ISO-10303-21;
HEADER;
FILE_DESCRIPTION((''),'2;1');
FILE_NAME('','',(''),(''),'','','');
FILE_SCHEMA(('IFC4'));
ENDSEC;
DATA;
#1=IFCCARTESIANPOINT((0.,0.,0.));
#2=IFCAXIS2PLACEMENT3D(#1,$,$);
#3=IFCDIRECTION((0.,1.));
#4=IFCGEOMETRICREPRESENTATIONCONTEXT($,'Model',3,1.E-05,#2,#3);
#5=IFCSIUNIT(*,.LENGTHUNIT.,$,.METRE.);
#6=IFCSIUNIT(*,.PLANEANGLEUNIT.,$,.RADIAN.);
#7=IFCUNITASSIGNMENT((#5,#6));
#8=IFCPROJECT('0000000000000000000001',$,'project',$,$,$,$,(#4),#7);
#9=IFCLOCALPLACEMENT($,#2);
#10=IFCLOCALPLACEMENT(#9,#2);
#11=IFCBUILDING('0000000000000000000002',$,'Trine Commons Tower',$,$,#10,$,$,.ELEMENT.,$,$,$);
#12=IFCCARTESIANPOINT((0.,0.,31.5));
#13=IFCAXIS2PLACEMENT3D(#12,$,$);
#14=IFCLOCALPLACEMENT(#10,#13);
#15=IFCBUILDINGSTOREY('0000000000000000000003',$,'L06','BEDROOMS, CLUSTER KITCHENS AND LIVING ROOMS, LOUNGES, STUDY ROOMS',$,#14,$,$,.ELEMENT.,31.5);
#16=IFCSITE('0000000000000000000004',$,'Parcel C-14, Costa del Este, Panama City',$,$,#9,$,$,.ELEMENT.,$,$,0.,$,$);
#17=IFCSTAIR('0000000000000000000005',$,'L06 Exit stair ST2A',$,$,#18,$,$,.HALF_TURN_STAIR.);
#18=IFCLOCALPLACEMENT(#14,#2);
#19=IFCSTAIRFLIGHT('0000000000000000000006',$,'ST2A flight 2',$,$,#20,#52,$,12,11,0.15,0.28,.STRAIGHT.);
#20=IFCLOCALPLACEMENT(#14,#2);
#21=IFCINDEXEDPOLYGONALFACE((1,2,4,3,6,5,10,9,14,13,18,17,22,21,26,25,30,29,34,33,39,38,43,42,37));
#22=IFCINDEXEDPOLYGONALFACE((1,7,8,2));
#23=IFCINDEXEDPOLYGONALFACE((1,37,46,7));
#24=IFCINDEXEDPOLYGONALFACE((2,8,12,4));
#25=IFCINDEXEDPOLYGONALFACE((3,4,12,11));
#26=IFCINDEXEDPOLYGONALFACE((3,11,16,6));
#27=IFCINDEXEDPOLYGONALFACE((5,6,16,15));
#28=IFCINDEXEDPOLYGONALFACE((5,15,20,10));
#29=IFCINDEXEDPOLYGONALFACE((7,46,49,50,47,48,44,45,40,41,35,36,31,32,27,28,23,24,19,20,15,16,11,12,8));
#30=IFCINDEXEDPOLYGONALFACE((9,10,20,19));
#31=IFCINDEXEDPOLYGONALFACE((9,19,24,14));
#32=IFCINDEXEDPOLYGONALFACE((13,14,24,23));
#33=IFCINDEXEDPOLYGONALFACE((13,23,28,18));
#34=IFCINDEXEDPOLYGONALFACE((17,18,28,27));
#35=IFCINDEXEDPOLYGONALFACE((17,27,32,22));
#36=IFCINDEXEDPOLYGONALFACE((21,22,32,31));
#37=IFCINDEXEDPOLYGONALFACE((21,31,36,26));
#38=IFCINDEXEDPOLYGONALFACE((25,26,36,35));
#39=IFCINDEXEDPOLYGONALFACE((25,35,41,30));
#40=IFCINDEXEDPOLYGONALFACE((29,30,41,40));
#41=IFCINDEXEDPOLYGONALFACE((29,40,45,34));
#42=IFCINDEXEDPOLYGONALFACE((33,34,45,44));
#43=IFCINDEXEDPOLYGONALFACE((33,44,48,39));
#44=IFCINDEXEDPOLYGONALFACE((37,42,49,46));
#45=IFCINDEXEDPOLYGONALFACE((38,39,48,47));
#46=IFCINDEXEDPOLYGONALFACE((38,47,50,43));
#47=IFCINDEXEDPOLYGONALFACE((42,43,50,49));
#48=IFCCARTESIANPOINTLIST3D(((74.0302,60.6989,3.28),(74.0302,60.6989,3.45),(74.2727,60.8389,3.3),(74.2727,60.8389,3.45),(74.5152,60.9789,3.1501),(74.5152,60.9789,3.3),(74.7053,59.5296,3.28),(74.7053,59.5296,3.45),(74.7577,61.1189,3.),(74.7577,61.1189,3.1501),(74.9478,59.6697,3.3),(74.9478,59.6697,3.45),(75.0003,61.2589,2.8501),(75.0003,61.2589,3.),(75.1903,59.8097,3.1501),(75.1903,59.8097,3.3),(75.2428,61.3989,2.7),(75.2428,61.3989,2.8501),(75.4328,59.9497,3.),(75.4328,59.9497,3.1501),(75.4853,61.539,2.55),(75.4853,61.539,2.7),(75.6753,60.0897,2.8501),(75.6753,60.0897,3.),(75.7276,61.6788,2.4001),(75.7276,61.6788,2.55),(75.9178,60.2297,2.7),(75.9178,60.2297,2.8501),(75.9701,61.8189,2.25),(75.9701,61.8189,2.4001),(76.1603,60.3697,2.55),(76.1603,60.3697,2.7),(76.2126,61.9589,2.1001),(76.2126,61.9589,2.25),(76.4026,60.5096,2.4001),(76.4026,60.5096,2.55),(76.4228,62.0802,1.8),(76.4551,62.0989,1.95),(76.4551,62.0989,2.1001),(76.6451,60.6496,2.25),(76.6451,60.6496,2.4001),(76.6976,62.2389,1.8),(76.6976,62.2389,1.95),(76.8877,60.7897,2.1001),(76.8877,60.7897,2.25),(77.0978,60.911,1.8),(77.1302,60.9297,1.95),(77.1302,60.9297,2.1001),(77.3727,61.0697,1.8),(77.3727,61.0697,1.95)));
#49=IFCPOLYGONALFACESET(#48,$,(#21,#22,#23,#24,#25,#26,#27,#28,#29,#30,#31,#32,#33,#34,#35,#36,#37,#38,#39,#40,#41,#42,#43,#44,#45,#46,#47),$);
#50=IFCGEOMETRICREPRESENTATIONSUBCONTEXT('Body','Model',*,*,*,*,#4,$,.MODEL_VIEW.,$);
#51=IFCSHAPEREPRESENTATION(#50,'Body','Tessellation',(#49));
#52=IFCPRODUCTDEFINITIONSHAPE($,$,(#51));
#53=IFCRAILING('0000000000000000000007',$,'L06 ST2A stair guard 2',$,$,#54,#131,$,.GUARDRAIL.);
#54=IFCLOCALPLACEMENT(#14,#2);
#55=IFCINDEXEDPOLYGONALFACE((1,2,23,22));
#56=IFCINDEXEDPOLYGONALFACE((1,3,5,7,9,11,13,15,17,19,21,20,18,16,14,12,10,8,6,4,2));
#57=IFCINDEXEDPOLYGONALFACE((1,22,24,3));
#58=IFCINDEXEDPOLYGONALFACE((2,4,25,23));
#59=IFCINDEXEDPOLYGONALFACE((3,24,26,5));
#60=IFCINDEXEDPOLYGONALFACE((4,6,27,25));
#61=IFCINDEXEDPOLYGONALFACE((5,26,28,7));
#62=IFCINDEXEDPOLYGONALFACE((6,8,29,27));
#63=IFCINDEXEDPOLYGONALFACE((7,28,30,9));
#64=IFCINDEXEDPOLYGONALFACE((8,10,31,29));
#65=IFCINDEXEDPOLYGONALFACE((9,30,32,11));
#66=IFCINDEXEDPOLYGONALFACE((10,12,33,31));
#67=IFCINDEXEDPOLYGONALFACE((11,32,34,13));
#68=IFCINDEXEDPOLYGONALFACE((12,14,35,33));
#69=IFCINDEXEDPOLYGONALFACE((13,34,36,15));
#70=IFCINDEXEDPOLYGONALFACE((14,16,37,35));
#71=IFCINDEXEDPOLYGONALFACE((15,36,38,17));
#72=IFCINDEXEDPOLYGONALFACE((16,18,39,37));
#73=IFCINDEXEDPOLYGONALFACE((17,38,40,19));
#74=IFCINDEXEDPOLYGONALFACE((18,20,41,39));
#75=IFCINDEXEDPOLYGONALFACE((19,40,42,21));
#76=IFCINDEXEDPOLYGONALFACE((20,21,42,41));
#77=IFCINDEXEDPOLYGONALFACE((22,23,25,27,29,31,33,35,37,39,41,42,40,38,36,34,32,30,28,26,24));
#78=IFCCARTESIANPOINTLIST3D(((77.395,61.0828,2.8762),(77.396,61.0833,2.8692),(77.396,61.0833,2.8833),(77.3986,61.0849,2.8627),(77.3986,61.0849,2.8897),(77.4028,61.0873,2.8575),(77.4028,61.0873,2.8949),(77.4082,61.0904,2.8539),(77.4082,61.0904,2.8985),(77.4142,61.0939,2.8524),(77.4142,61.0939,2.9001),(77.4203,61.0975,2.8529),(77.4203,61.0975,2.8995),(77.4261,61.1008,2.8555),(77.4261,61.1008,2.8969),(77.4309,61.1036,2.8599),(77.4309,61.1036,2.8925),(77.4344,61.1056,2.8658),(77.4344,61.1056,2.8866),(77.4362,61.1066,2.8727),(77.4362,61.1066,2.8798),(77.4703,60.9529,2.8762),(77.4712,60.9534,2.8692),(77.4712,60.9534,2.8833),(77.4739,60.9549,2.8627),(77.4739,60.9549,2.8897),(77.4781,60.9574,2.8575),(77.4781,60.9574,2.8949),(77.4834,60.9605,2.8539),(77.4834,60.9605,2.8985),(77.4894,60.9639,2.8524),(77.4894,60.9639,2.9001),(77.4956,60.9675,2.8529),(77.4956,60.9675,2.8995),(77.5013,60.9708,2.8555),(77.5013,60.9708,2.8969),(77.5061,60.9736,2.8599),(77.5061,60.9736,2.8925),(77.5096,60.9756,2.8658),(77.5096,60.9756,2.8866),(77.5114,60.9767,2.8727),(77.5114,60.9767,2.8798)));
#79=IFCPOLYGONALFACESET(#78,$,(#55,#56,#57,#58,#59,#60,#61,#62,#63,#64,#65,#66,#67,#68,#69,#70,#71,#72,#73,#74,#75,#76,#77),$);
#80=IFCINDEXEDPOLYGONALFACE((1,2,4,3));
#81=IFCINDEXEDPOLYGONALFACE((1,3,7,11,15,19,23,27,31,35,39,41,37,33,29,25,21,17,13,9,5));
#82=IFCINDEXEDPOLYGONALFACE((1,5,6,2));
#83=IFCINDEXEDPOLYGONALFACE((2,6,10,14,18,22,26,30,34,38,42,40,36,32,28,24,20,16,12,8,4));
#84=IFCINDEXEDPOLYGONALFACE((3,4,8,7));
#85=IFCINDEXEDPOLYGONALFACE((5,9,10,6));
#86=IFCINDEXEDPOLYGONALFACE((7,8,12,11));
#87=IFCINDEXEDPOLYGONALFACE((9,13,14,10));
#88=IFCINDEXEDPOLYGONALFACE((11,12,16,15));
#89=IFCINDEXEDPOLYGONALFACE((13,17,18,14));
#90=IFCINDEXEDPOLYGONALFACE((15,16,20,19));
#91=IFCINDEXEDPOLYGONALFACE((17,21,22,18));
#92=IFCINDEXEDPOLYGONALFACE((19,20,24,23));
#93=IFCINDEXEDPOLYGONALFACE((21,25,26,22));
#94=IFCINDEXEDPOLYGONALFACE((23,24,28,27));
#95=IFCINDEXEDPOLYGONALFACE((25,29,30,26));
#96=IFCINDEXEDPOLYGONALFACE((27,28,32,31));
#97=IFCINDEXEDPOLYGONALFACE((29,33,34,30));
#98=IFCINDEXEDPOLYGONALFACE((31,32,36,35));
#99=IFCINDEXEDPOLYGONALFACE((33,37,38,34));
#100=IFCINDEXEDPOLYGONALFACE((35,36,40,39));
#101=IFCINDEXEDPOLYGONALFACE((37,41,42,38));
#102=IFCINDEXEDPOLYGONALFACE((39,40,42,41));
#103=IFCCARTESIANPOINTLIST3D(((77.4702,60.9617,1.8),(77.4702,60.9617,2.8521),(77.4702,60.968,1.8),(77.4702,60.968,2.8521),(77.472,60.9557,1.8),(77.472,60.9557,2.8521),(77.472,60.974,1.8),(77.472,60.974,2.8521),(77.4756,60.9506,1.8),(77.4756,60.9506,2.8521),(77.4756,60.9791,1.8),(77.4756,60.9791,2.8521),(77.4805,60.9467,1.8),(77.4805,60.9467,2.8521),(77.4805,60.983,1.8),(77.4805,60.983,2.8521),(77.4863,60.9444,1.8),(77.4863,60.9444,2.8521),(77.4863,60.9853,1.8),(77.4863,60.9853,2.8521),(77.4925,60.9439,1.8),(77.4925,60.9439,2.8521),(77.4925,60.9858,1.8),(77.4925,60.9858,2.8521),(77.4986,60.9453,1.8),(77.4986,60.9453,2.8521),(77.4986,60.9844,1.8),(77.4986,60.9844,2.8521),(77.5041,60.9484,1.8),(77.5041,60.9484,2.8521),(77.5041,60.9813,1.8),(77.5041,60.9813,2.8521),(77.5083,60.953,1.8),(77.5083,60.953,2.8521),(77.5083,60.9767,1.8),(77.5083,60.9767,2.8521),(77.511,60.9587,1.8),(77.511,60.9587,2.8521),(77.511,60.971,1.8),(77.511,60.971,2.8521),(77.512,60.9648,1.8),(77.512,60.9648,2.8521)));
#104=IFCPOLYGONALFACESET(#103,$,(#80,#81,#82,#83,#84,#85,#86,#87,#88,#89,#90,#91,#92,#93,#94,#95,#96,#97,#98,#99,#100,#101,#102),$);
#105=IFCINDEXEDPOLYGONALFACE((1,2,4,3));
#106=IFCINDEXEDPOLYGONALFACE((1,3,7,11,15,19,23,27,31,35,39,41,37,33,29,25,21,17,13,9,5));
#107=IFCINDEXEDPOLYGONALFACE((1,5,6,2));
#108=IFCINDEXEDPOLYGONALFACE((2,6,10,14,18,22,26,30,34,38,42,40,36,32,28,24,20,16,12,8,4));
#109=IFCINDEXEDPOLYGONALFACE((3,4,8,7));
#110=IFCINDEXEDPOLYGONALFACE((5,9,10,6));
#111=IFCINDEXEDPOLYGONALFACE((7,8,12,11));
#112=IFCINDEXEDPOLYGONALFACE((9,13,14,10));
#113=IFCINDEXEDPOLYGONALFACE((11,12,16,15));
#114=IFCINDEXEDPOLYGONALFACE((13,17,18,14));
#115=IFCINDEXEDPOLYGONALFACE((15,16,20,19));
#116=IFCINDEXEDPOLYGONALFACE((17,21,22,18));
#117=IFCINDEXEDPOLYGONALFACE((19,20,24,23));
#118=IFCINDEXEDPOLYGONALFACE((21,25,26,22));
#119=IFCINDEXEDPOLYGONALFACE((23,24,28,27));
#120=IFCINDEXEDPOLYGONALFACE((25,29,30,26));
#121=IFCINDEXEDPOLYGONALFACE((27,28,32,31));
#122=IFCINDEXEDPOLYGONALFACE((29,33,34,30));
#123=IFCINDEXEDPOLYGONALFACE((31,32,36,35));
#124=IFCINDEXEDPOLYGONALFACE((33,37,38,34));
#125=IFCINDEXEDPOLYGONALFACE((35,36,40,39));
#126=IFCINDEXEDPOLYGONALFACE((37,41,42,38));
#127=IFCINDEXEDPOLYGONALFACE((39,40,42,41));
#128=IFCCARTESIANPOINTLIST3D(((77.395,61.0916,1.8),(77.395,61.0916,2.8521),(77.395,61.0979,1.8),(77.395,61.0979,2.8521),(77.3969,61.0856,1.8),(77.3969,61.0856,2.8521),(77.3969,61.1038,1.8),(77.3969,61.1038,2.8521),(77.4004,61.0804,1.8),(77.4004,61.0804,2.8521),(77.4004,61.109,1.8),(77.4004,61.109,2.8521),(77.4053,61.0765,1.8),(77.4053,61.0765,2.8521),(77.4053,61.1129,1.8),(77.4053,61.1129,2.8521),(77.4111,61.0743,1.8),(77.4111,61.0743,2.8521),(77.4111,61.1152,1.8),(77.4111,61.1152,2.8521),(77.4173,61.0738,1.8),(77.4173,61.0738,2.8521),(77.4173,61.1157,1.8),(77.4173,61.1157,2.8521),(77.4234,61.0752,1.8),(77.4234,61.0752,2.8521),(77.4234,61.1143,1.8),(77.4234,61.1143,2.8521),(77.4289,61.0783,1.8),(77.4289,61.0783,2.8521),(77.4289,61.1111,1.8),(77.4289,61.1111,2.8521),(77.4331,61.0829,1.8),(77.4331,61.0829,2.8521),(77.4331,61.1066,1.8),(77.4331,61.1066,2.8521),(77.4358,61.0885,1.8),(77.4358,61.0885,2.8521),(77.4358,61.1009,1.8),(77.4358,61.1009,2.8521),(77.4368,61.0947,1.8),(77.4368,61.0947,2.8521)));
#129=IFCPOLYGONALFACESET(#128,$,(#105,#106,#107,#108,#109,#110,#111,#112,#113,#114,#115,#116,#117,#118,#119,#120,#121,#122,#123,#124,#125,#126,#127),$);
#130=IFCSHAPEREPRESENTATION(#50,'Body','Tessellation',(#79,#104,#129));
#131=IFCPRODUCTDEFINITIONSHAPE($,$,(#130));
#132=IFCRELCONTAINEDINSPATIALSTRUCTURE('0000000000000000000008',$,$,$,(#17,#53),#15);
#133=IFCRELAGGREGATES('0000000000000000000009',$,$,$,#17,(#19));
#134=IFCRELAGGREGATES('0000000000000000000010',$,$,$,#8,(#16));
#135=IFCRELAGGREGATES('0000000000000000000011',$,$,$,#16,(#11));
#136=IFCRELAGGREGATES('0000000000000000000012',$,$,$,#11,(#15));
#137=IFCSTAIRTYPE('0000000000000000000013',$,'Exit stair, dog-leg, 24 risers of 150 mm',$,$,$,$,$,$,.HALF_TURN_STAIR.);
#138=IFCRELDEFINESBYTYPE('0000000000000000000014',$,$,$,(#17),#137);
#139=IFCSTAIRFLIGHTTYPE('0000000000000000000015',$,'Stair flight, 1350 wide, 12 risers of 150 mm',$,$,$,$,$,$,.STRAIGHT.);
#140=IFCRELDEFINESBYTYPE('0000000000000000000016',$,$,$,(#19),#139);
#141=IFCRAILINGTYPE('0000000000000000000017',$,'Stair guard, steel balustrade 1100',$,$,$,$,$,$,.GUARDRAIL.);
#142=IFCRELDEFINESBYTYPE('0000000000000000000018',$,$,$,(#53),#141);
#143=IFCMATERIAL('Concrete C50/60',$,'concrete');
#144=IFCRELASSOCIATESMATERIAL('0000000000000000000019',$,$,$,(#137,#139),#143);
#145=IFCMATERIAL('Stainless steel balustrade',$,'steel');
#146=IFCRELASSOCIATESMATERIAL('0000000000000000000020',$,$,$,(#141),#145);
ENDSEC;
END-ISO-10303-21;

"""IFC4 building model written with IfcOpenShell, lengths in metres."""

from ifc_helpers import new_model, si_unit, direction, frame, origin, origin_2d, place, context, subcontext, project, spatial, polyline, circle, outline, extrude, material, type_object, element, aggregate, save


model = new_model("IFC4")

# Units and contexts
model_context = context("Model", 3, precision=1e-05, world=origin(), true_north=direction((0.0, 1.0)))
body_context = subcontext(model_context, "Body", "Model", "MODEL_VIEW")
ifc_project = project(units=[si_unit("LENGTHUNIT", "METRE"), si_unit("PLANEANGLEUNIT", "RADIAN")], contexts=[model_context])

# Site, building, storey
site_placement = place(None, origin())
site = spatial("IfcSite", under=ifc_project, at=site_placement, Name="Parcel C-14, Costa del Este, Panama City", CompositionType="ELEMENT", RefElevation=0.0)
building_placement = place(site_placement, origin())
building = spatial("IfcBuilding", under=site, at=building_placement, Name="Trine Commons Tower", CompositionType="ELEMENT")
storey_placement = place(building_placement, frame((0.0, 0.0, 31.5)))
storey = spatial("IfcBuildingStorey", under=building, at=storey_placement, Name="L06", Description="BEDROOMS, CLUSTER KITCHENS AND LIVING ROOMS, LOUNGES, STUDY ROOMS", CompositionType="ELEMENT", Elevation=31.5)

# Stair, stair flight
ifc_material_1 = material(Name="Concrete C50/60", Category="concrete")
stair_type = type_object("IfcStairType", Name="Exit stair, dog-leg, 24 risers of 150 mm", PredefinedType="HALF_TURN_STAIR", material=ifc_material_1)
stair_placement = place(storey_placement, origin())
stair = element("IfcStair", 1, at=stair_placement, inside=storey, type_object=stair_type, Name="L06 Exit stair ST2A", PredefinedType="HALF_TURN_STAIR")
stair_flight_type = type_object("IfcStairFlightType", Name="Stair flight, 1350 wide, 12 risers of 150 mm", PredefinedType="STRAIGHT", material=ifc_material_1)
stair_flight_placement = place(storey_placement, frame((77.0352, 61.6543, 1.8), z_axis=(0.0, 0.0, 1.0), x_axis=(-0.866025, -0.5, 0.0)))
stair_flight = element("IfcStairFlight", 2, at=stair_flight_placement, type_object=stair_flight_type, Name="ST2A flight 2", NumberOfRisers=12, NumberOfTreads=11, PredefinedType="STRAIGHT", RiserHeight=0.15, TreadLength=0.28, context=body_context, shape_type="SweptSolid", body=[
    extrude(outline(polyline([(0.0, 0.0), (0.0, 0.1499), (0.28, 0.1499), (0.28, 0.3), (0.5601, 0.3), (0.5601, 0.45), (0.8401, 0.45), (0.8401, 0.6001), (1.1201, 0.6001), (1.1201, 0.75), (1.3999, 0.75), (1.3999, 0.8999), (1.6799, 0.8999), (1.6799, 1.05), (1.96, 1.05), (1.96, 1.2), (2.24, 1.2), (2.24, 1.3501), (2.52, 1.3501), (2.52, 1.5), (2.8, 1.5), (2.8, 1.6499), (3.0801, 1.6499), (3.0801, 1.8), (3.0801, 1.48), (0.3174, 0.0), (0.0, 0.0)])), frame((0.0, 0.675, 0.0), z_axis=(0.0, -1.0, 0.0), x_axis=(1.0, 0.0, 0.0)), (0.0, 0.0, 1.0), 1.3501),
])
aggregate(stair, [stair_flight])

# Railing
ifc_material_2 = material(Name="Stainless steel balustrade", Category="steel")
railing_type_1 = type_object("IfcRailingType", Name="Stair guard, steel balustrade 1100", PredefinedType="GUARDRAIL", material=ifc_material_2)
railing_1_placement = place(storey_placement, frame((77.491, 60.9648, 1.8)))
element("IfcRailing", 3, at=railing_1_placement, inside=storey, type_object=railing_type_1, Name="L06 ST2A stair guard 2", PredefinedType="GUARDRAIL", context=body_context, shape_type="SweptSolid", body=[
    extrude(circle(Radius=0.0239, at=origin_2d()), frame((0.0, 0.0, 1.0762), z_axis=(-0.501036, 0.865426, 0.0), x_axis=(-0.865426, -0.501036, 0.0)), (0.0, 0.0, 1.0), 0.1501),
    extrude(circle(Radius=0.021, at=origin_2d()), origin(), (0.0, 0.0, 1.0), 1.052),
    extrude(circle(Radius=0.021, at=origin_2d()), frame((-0.0752, 0.1299, 0.0)), (0.0, 0.0, 1.0), 1.052),
])

save(model, "model.ifc")
